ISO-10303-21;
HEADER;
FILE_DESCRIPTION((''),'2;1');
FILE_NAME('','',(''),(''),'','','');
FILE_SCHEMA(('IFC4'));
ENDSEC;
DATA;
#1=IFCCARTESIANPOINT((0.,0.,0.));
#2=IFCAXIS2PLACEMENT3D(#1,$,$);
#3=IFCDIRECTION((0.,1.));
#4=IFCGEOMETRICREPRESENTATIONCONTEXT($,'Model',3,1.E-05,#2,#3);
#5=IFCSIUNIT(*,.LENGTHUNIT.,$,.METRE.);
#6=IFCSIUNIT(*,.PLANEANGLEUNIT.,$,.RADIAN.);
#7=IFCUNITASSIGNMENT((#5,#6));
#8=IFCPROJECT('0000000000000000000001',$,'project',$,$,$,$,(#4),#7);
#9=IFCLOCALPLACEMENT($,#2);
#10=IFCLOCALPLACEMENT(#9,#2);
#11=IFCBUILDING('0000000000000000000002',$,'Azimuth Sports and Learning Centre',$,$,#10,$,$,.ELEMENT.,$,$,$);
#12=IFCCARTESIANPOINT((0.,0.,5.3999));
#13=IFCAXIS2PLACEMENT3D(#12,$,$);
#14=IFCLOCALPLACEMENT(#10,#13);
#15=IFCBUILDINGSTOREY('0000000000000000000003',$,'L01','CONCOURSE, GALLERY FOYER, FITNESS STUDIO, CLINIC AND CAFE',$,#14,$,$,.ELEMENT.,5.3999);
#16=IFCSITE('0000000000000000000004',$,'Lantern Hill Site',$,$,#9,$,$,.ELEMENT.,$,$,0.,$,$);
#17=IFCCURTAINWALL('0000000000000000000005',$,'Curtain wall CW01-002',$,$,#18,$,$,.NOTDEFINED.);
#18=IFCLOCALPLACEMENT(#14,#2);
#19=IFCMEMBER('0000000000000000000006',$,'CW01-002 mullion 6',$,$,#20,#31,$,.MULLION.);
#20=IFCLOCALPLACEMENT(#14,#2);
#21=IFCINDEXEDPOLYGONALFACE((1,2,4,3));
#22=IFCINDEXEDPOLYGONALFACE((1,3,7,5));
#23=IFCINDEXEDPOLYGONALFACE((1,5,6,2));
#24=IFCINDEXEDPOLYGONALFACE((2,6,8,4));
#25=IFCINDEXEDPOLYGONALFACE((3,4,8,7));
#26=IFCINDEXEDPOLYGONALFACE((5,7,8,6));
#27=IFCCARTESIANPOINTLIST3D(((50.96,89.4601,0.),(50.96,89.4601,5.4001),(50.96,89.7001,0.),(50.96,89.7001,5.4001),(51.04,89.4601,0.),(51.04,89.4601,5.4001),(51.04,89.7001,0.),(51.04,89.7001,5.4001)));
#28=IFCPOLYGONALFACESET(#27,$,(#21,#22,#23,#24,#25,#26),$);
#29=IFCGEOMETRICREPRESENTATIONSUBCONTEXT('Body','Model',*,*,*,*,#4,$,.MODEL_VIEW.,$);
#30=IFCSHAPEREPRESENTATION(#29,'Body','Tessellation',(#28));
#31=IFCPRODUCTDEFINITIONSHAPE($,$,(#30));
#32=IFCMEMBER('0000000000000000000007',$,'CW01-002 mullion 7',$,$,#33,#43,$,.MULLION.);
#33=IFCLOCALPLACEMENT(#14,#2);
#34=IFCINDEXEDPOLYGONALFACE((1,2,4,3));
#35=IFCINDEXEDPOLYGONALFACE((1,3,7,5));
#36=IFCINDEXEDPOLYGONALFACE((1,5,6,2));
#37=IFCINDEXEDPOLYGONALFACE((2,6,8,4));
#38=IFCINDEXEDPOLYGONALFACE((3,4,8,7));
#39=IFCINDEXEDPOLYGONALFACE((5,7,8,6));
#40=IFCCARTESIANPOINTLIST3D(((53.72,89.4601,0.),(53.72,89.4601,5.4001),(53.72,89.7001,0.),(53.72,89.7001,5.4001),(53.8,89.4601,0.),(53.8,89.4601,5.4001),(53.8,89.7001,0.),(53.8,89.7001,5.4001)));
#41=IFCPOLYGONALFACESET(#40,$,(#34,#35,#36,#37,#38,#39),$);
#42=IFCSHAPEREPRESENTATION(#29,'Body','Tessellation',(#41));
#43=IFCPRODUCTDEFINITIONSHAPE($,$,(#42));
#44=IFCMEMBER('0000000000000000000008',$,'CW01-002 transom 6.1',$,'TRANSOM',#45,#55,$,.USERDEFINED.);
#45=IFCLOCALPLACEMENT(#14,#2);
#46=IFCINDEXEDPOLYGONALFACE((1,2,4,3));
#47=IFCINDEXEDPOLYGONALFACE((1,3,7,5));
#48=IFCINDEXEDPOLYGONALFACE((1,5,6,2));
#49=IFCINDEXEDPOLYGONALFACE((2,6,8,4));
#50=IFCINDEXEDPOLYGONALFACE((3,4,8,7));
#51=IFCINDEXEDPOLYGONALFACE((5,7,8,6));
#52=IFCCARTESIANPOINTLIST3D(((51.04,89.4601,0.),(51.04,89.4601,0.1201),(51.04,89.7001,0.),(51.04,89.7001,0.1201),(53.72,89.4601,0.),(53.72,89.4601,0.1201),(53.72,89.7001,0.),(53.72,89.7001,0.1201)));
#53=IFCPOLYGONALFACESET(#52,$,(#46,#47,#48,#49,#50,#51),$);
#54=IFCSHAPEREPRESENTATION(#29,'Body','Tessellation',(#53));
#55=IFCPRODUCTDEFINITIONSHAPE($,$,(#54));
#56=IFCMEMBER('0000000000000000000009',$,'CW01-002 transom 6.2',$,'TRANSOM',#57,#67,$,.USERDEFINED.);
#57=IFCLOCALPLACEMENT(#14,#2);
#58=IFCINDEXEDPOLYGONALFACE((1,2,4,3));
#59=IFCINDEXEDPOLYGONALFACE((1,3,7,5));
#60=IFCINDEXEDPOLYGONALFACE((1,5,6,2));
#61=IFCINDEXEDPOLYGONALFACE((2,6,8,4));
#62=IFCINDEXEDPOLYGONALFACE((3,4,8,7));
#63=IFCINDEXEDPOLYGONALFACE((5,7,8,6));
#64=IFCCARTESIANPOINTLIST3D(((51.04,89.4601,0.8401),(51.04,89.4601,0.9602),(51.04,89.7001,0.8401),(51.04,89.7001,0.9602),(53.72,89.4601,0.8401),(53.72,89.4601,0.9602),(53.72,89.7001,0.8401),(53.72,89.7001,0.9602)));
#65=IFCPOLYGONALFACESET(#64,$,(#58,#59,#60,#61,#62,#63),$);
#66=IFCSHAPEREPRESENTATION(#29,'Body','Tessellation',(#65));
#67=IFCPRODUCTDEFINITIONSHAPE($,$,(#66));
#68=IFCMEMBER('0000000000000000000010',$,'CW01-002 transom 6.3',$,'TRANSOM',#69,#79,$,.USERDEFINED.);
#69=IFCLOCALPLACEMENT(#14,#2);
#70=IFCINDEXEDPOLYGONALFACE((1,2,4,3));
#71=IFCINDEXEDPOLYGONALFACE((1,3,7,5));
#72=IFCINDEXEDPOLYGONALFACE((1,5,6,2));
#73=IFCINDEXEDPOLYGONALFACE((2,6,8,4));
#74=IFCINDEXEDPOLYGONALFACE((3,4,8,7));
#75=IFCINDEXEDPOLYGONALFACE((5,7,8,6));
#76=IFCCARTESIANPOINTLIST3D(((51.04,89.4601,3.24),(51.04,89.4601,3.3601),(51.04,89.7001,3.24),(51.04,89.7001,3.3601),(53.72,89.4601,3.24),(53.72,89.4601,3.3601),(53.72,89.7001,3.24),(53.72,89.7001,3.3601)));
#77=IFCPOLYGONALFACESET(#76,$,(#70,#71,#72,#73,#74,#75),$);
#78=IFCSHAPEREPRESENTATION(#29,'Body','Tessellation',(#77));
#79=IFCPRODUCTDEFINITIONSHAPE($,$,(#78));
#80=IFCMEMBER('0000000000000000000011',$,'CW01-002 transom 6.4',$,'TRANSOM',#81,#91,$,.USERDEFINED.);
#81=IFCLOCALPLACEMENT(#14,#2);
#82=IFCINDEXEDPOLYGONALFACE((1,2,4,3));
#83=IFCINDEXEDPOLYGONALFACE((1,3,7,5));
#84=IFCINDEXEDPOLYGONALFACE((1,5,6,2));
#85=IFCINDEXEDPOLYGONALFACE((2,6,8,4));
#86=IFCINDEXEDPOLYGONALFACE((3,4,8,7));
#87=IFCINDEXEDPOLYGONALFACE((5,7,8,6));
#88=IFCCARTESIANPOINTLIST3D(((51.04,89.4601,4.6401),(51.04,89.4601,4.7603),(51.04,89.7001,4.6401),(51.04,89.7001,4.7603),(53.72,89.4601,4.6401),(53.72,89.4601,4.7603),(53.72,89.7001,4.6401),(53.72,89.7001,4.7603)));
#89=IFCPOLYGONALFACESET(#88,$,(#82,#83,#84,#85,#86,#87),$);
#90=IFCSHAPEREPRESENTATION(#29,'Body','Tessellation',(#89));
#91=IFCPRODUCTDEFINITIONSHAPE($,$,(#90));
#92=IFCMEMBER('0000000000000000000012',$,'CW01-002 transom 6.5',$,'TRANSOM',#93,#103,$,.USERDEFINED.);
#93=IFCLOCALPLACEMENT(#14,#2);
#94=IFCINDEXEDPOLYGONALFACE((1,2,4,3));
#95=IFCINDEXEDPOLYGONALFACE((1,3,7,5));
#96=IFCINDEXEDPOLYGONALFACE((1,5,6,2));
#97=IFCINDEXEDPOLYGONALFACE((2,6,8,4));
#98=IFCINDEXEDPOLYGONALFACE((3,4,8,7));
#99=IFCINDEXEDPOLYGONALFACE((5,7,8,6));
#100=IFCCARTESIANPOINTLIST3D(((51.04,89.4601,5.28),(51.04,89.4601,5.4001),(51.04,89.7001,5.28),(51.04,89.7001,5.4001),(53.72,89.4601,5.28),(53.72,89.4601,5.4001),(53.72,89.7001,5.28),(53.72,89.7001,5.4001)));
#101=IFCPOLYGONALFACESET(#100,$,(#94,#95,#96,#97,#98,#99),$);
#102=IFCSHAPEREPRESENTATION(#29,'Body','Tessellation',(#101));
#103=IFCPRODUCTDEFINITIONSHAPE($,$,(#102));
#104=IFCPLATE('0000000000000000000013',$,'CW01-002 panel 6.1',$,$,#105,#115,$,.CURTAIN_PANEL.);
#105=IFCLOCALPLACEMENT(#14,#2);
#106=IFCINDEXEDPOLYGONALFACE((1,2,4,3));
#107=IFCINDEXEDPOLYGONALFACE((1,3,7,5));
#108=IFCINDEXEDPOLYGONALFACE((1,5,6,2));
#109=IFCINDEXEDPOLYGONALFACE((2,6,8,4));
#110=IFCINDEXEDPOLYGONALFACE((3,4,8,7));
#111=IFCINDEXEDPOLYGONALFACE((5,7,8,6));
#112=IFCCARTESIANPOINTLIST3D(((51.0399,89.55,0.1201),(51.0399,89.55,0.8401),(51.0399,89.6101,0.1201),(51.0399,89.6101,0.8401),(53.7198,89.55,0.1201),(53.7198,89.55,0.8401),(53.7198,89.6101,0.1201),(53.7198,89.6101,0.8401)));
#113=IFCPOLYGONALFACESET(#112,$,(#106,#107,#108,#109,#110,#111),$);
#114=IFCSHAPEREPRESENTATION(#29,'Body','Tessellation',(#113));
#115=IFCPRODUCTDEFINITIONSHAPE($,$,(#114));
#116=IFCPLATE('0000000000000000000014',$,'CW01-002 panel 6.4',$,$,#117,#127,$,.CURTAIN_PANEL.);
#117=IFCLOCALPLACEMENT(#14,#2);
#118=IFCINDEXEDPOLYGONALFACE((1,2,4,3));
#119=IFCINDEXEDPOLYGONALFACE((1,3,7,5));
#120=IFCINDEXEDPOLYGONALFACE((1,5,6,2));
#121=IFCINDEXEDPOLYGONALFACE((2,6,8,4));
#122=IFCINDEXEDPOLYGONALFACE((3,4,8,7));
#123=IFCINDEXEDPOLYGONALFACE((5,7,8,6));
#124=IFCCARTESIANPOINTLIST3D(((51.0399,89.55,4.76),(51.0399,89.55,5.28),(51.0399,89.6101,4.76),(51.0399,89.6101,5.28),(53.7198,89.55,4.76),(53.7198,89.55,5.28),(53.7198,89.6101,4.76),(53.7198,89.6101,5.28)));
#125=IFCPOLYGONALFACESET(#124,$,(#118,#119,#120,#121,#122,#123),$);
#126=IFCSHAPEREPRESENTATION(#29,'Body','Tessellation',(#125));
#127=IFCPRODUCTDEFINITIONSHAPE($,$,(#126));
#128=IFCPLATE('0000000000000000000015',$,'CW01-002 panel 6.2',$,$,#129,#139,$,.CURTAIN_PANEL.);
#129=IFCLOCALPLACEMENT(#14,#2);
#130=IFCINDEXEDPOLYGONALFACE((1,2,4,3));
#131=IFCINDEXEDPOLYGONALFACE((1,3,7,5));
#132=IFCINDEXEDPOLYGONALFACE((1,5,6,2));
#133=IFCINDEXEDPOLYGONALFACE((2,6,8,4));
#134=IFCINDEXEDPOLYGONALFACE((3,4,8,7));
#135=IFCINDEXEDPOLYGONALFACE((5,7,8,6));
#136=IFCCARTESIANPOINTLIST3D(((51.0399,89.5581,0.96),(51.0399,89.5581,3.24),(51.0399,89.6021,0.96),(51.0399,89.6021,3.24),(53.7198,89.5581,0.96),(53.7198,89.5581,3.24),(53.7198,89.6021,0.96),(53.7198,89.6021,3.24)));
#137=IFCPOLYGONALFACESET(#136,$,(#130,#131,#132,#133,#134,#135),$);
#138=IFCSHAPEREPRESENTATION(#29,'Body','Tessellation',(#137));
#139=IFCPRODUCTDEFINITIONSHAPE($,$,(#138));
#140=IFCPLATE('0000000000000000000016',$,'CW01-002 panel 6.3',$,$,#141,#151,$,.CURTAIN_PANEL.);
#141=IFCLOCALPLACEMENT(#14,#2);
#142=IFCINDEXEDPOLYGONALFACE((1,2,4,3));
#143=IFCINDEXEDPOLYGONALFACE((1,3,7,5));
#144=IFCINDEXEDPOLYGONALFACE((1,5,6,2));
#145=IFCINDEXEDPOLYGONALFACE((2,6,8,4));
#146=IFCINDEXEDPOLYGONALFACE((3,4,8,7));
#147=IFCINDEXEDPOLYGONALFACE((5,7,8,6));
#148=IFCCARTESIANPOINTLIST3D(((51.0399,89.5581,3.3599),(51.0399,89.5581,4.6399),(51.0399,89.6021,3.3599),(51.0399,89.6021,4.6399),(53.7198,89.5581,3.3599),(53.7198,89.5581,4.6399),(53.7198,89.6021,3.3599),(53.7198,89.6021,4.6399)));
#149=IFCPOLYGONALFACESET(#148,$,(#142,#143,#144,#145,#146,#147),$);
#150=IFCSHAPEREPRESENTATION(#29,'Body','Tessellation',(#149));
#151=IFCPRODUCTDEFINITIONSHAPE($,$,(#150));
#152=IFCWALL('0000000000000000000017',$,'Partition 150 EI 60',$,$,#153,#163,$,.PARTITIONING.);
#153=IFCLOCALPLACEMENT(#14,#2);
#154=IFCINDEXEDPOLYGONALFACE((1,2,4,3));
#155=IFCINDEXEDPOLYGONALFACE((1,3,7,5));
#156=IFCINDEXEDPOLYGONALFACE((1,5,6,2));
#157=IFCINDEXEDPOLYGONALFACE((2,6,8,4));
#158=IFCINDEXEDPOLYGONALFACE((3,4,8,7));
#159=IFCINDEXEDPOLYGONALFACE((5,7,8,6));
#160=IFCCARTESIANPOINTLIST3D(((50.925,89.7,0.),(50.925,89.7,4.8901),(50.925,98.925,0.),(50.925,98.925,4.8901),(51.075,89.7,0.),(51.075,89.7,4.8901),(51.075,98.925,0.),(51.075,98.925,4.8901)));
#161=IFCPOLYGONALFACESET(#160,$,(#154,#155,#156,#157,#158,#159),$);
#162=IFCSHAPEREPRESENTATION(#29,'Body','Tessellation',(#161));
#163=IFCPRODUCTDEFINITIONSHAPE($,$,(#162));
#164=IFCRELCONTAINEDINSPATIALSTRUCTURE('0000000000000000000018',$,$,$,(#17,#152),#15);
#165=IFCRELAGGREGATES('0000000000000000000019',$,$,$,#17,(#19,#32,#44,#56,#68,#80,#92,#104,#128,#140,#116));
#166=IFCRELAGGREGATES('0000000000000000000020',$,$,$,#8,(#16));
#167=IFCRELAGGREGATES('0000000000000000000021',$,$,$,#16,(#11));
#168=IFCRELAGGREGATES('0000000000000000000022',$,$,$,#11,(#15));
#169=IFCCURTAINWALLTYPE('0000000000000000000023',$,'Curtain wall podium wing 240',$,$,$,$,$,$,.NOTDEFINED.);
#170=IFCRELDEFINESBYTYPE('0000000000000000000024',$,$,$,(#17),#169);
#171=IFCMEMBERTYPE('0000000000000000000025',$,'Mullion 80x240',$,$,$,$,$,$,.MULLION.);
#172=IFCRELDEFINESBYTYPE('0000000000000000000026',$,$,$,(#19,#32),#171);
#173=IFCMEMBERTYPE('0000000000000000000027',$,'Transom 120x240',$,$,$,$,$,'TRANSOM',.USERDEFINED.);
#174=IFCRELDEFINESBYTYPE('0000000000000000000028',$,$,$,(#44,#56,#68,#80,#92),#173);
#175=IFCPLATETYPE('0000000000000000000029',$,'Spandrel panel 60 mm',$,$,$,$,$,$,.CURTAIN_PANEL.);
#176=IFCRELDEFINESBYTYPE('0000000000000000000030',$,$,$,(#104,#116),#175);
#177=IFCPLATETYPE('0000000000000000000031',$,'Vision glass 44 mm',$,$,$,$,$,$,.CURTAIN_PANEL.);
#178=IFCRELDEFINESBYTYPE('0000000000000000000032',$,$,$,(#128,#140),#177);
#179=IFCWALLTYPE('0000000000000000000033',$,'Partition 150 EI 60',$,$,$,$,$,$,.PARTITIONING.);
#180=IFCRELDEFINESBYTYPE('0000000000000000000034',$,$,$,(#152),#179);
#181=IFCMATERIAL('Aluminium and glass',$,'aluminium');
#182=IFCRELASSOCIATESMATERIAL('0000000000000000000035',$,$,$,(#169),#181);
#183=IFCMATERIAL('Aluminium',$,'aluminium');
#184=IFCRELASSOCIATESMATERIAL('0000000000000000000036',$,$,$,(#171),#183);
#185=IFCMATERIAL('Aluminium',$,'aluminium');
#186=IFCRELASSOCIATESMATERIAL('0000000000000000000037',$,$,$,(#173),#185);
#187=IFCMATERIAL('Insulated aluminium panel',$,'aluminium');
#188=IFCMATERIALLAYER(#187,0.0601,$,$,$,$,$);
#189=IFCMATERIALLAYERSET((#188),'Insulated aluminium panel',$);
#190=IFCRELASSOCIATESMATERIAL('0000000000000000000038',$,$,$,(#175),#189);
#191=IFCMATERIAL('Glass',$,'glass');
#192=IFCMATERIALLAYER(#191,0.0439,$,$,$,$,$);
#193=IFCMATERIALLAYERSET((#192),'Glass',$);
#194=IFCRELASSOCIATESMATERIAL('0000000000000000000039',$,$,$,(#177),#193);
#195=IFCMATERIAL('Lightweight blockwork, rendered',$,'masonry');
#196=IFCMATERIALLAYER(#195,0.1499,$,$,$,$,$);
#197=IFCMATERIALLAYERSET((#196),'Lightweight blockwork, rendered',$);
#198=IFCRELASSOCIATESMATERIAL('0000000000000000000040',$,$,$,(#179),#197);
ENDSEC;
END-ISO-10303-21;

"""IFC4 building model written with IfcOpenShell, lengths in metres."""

from ifc_helpers import new_model, si_unit, direction, frame, frame_2d, origin, origin_2d, place, context, subcontext, project, spatial, rectangle, extrude, material, layer, layer_set, material_profile, profile_set, type_object, element, aggregate, save


model = new_model("IFC4")

# Units and contexts
model_context = context("Model", 3, precision=1e-05, world=origin(), true_north=direction((0.0, 1.0)))
body_context = subcontext(model_context, "Body", "Model", "MODEL_VIEW")
ifc_project = project(units=[si_unit("LENGTHUNIT", "METRE"), si_unit("PLANEANGLEUNIT", "RADIAN")], contexts=[model_context])

# Site, building, storey
site_placement = place(None, origin())
site = spatial("IfcSite", under=ifc_project, at=site_placement, Name="Lantern Hill Site", CompositionType="ELEMENT", RefElevation=0.0)
building_placement = place(site_placement, origin())
building = spatial("IfcBuilding", under=site, at=building_placement, Name="Azimuth Sports and Learning Centre", CompositionType="ELEMENT")
storey_placement = place(building_placement, frame((0.0, 0.0, 5.3999)))
storey = spatial("IfcBuildingStorey", under=building, at=storey_placement, Name="L01", Description="CONCOURSE, GALLERY FOYER, FITNESS STUDIO, CLINIC AND CAFE", CompositionType="ELEMENT", Elevation=5.3999)

# Curtain wall, members, plates
ifc_material_1 = material(Name="Aluminium and glass", Category="aluminium")
curtain_wall_type = type_object("IfcCurtainWallType", Name="Curtain wall podium wing 240", PredefinedType="NOTDEFINED", material=ifc_material_1)
curtain_wall_placement = place(storey_placement, origin())
curtain_wall = element("IfcCurtainWall", 1, at=curtain_wall_placement, inside=storey, type_object=curtain_wall_type, Name="Curtain wall CW01-002", PredefinedType="NOTDEFINED")
ifc_material_2 = material(Name="Aluminium", Category="aluminium")
ifc_material_profile_1 = material_profile(ifc_material_2, rectangle(XDim=0.24, YDim=0.0801, at=origin_2d()), Name="Mullion 80x240")
ifc_profile_set_1 = profile_set([ifc_material_profile_1], Name="Aluminium")
member_type_1 = type_object("IfcMemberType", Name="Mullion 80x240", PredefinedType="MULLION", material=ifc_profile_set_1)
member_1_placement = place(storey_placement, frame((51.0, 89.5801, 0.0), z_axis=(0.0, 0.0, 1.0), x_axis=(0.0, 1.0, 0.0)))
member_1 = element("IfcMember", 2, at=member_1_placement, type_object=member_type_1, Name="CW01-002 mullion 6", PredefinedType="MULLION", context=body_context, shape_type="SweptSolid", body=[
    extrude(rectangle(XDim=0.24, YDim=0.0801, at=origin_2d()), origin(), (0.0, 0.0, 1.0), 5.4001),
])
member_2_placement = place(storey_placement, frame((53.76, 89.5801, 0.0), z_axis=(0.0, 0.0, 1.0), x_axis=(0.0, 1.0, 0.0)))
member_2 = element("IfcMember", 3, at=member_2_placement, type_object=member_type_1, Name="CW01-002 mullion 7", PredefinedType="MULLION", context=body_context, shape_type="SweptSolid", body=[
    extrude(rectangle(XDim=0.24, YDim=0.0801, at=origin_2d()), origin(), (0.0, 0.0, 1.0), 5.4001),
])
ifc_material_3 = material(Name="Aluminium", Category="aluminium")
ifc_material_profile_2 = material_profile(ifc_material_3, rectangle(XDim=0.24, YDim=0.1201, at=origin_2d()), Name="Transom 120x240")
ifc_profile_set_2 = profile_set([ifc_material_profile_2], Name="Aluminium")
member_type_2 = type_object("IfcMemberType", Name="Transom 120x240", ElementType="TRANSOM", PredefinedType="USERDEFINED", material=ifc_profile_set_2)
member_3_placement = place(storey_placement, frame((51.04, 89.5801, 0.0601), z_axis=(1.0, 0.0, 0.0), x_axis=(0.0, 1.0, 0.0)))
member_3 = element("IfcMember", 4, at=member_3_placement, type_object=member_type_2, Name="CW01-002 transom 6.1", ObjectType="TRANSOM", PredefinedType="USERDEFINED", context=body_context, shape_type="SweptSolid", body=[
    extrude(rectangle(XDim=0.24, YDim=0.1201, at=origin_2d()), origin(), (0.0, 0.0, 1.0), 2.6799),
])
member_4_placement = place(storey_placement, frame((51.04, 89.5801, 0.9001), z_axis=(1.0, 0.0, 0.0), x_axis=(0.0, 1.0, 0.0)))
member_4 = element("IfcMember", 5, at=member_4_placement, type_object=member_type_2, Name="CW01-002 transom 6.2", ObjectType="TRANSOM", PredefinedType="USERDEFINED", context=body_context, shape_type="SweptSolid", body=[
    extrude(rectangle(XDim=0.24, YDim=0.1201, at=origin_2d()), origin(), (0.0, 0.0, 1.0), 2.6799),
])
member_5_placement = place(storey_placement, frame((51.04, 89.5801, 3.3), z_axis=(1.0, 0.0, 0.0), x_axis=(0.0, 1.0, 0.0)))
member_5 = element("IfcMember", 6, at=member_5_placement, type_object=member_type_2, Name="CW01-002 transom 6.3", ObjectType="TRANSOM", PredefinedType="USERDEFINED", context=body_context, shape_type="SweptSolid", body=[
    extrude(rectangle(XDim=0.24, YDim=0.1201, at=origin_2d()), origin(), (0.0, 0.0, 1.0), 2.6799),
])
member_6_placement = place(storey_placement, frame((51.04, 89.5801, 4.7002), z_axis=(1.0, 0.0, 0.0), x_axis=(0.0, 1.0, 0.0)))
member_6 = element("IfcMember", 7, at=member_6_placement, type_object=member_type_2, Name="CW01-002 transom 6.4", ObjectType="TRANSOM", PredefinedType="USERDEFINED", context=body_context, shape_type="SweptSolid", body=[
    extrude(rectangle(XDim=0.24, YDim=0.1201, at=origin_2d()), origin(), (0.0, 0.0, 1.0), 2.6799),
])
member_7_placement = place(storey_placement, frame((51.04, 89.5801, 5.3401), z_axis=(1.0, 0.0, 0.0), x_axis=(0.0, 1.0, 0.0)))
member_7 = element("IfcMember", 8, at=member_7_placement, type_object=member_type_2, Name="CW01-002 transom 6.5", ObjectType="TRANSOM", PredefinedType="USERDEFINED", context=body_context, shape_type="SweptSolid", body=[
    extrude(rectangle(XDim=0.24, YDim=0.1201, at=origin_2d()), origin(), (0.0, 0.0, 1.0), 2.6799),
])
ifc_material_4 = material(Name="Insulated aluminium panel", Category="aluminium")
ifc_layer_1 = layer(ifc_material_4, 0.0601)
ifc_layer_set_1 = layer_set([ifc_layer_1], Name="Insulated aluminium panel")
plate_type_1 = type_object("IfcPlateType", Name="Spandrel panel 60 mm", PredefinedType="CURTAIN_PANEL", material=ifc_layer_set_1)
plate_1_placement = place(storey_placement, frame((52.3799, 89.5801, 0.1201), z_axis=(0.0, 0.0, 1.0), x_axis=(1.0, 0.0, 0.0)))
plate_1 = element("IfcPlate", 9, at=plate_1_placement, type_object=plate_type_1, Name="CW01-002 panel 6.1", PredefinedType="CURTAIN_PANEL", context=body_context, shape_type="SweptSolid", body=[
    extrude(rectangle(XDim=2.6799, YDim=0.0601, at=origin_2d()), origin(), (0.0, 0.0, 1.0), 0.72),
])
plate_2_placement = place(storey_placement, frame((52.3799, 89.5801, 4.76), z_axis=(0.0, 0.0, 1.0), x_axis=(1.0, 0.0, 0.0)))
plate_2 = element("IfcPlate", 10, at=plate_2_placement, type_object=plate_type_1, Name="CW01-002 panel 6.4", PredefinedType="CURTAIN_PANEL", context=body_context, shape_type="SweptSolid", body=[
    extrude(rectangle(XDim=2.6799, YDim=0.0601, at=origin_2d()), origin(), (0.0, 0.0, 1.0), 0.52),
])
ifc_material_5 = material(Name="Glass", Category="glass")
ifc_layer_2 = layer(ifc_material_5, 0.0439)
ifc_layer_set_2 = layer_set([ifc_layer_2], Name="Glass")
plate_type_2 = type_object("IfcPlateType", Name="Vision glass 44 mm", PredefinedType="CURTAIN_PANEL", material=ifc_layer_set_2)
plate_3_placement = place(storey_placement, frame((52.3799, 89.5801, 0.96), z_axis=(0.0, 0.0, 1.0), x_axis=(1.0, 0.0, 0.0)))
plate_3 = element("IfcPlate", 11, at=plate_3_placement, type_object=plate_type_2, Name="CW01-002 panel 6.2", PredefinedType="CURTAIN_PANEL", context=body_context, shape_type="SweptSolid", body=[
    extrude(rectangle(XDim=2.6799, YDim=0.0439, at=origin_2d()), origin(), (0.0, 0.0, 1.0), 2.28),
])
plate_4_placement = place(storey_placement, frame((52.3799, 89.5801, 3.3599), z_axis=(0.0, 0.0, 1.0), x_axis=(1.0, 0.0, 0.0)))
plate_4 = element("IfcPlate", 12, at=plate_4_placement, type_object=plate_type_2, Name="CW01-002 panel 6.3", PredefinedType="CURTAIN_PANEL", context=body_context, shape_type="SweptSolid", body=[
    extrude(rectangle(XDim=2.6799, YDim=0.0439, at=origin_2d()), origin(), (0.0, 0.0, 1.0), 1.28),
])
aggregate(curtain_wall, [member_1, member_2, member_3, member_4, member_5, member_6, member_7, plate_1, plate_3, plate_4, plate_2])

# Wall
ifc_material_6 = material(Name="Lightweight blockwork, rendered", Category="masonry")
ifc_layer_3 = layer(ifc_material_6, 0.1499)
ifc_layer_set_3 = layer_set([ifc_layer_3], Name="Lightweight blockwork, rendered")
wall_type_1 = type_object("IfcWallType", Name="Partition 150 EI 60", PredefinedType="PARTITIONING", material=ifc_layer_set_3)
wall_1_placement = place(storey_placement, frame((51.0, 89.7, 0.0), z_axis=(0.0, 0.0, 1.0), x_axis=(0.0, 1.0, 0.0)))
element("IfcWall", 13, at=wall_1_placement, inside=storey, type_object=wall_type_1, Name="Partition 150 EI 60", PredefinedType="PARTITIONING", context=body_context, shape_type="SweptSolid", body=[
    extrude(rectangle(XDim=9.2251, YDim=0.1499, at=frame_2d((4.6125, 0.0))), origin(), (0.0, 0.0, 1.0), 4.8901),
])

save(model, "model.ifc")
